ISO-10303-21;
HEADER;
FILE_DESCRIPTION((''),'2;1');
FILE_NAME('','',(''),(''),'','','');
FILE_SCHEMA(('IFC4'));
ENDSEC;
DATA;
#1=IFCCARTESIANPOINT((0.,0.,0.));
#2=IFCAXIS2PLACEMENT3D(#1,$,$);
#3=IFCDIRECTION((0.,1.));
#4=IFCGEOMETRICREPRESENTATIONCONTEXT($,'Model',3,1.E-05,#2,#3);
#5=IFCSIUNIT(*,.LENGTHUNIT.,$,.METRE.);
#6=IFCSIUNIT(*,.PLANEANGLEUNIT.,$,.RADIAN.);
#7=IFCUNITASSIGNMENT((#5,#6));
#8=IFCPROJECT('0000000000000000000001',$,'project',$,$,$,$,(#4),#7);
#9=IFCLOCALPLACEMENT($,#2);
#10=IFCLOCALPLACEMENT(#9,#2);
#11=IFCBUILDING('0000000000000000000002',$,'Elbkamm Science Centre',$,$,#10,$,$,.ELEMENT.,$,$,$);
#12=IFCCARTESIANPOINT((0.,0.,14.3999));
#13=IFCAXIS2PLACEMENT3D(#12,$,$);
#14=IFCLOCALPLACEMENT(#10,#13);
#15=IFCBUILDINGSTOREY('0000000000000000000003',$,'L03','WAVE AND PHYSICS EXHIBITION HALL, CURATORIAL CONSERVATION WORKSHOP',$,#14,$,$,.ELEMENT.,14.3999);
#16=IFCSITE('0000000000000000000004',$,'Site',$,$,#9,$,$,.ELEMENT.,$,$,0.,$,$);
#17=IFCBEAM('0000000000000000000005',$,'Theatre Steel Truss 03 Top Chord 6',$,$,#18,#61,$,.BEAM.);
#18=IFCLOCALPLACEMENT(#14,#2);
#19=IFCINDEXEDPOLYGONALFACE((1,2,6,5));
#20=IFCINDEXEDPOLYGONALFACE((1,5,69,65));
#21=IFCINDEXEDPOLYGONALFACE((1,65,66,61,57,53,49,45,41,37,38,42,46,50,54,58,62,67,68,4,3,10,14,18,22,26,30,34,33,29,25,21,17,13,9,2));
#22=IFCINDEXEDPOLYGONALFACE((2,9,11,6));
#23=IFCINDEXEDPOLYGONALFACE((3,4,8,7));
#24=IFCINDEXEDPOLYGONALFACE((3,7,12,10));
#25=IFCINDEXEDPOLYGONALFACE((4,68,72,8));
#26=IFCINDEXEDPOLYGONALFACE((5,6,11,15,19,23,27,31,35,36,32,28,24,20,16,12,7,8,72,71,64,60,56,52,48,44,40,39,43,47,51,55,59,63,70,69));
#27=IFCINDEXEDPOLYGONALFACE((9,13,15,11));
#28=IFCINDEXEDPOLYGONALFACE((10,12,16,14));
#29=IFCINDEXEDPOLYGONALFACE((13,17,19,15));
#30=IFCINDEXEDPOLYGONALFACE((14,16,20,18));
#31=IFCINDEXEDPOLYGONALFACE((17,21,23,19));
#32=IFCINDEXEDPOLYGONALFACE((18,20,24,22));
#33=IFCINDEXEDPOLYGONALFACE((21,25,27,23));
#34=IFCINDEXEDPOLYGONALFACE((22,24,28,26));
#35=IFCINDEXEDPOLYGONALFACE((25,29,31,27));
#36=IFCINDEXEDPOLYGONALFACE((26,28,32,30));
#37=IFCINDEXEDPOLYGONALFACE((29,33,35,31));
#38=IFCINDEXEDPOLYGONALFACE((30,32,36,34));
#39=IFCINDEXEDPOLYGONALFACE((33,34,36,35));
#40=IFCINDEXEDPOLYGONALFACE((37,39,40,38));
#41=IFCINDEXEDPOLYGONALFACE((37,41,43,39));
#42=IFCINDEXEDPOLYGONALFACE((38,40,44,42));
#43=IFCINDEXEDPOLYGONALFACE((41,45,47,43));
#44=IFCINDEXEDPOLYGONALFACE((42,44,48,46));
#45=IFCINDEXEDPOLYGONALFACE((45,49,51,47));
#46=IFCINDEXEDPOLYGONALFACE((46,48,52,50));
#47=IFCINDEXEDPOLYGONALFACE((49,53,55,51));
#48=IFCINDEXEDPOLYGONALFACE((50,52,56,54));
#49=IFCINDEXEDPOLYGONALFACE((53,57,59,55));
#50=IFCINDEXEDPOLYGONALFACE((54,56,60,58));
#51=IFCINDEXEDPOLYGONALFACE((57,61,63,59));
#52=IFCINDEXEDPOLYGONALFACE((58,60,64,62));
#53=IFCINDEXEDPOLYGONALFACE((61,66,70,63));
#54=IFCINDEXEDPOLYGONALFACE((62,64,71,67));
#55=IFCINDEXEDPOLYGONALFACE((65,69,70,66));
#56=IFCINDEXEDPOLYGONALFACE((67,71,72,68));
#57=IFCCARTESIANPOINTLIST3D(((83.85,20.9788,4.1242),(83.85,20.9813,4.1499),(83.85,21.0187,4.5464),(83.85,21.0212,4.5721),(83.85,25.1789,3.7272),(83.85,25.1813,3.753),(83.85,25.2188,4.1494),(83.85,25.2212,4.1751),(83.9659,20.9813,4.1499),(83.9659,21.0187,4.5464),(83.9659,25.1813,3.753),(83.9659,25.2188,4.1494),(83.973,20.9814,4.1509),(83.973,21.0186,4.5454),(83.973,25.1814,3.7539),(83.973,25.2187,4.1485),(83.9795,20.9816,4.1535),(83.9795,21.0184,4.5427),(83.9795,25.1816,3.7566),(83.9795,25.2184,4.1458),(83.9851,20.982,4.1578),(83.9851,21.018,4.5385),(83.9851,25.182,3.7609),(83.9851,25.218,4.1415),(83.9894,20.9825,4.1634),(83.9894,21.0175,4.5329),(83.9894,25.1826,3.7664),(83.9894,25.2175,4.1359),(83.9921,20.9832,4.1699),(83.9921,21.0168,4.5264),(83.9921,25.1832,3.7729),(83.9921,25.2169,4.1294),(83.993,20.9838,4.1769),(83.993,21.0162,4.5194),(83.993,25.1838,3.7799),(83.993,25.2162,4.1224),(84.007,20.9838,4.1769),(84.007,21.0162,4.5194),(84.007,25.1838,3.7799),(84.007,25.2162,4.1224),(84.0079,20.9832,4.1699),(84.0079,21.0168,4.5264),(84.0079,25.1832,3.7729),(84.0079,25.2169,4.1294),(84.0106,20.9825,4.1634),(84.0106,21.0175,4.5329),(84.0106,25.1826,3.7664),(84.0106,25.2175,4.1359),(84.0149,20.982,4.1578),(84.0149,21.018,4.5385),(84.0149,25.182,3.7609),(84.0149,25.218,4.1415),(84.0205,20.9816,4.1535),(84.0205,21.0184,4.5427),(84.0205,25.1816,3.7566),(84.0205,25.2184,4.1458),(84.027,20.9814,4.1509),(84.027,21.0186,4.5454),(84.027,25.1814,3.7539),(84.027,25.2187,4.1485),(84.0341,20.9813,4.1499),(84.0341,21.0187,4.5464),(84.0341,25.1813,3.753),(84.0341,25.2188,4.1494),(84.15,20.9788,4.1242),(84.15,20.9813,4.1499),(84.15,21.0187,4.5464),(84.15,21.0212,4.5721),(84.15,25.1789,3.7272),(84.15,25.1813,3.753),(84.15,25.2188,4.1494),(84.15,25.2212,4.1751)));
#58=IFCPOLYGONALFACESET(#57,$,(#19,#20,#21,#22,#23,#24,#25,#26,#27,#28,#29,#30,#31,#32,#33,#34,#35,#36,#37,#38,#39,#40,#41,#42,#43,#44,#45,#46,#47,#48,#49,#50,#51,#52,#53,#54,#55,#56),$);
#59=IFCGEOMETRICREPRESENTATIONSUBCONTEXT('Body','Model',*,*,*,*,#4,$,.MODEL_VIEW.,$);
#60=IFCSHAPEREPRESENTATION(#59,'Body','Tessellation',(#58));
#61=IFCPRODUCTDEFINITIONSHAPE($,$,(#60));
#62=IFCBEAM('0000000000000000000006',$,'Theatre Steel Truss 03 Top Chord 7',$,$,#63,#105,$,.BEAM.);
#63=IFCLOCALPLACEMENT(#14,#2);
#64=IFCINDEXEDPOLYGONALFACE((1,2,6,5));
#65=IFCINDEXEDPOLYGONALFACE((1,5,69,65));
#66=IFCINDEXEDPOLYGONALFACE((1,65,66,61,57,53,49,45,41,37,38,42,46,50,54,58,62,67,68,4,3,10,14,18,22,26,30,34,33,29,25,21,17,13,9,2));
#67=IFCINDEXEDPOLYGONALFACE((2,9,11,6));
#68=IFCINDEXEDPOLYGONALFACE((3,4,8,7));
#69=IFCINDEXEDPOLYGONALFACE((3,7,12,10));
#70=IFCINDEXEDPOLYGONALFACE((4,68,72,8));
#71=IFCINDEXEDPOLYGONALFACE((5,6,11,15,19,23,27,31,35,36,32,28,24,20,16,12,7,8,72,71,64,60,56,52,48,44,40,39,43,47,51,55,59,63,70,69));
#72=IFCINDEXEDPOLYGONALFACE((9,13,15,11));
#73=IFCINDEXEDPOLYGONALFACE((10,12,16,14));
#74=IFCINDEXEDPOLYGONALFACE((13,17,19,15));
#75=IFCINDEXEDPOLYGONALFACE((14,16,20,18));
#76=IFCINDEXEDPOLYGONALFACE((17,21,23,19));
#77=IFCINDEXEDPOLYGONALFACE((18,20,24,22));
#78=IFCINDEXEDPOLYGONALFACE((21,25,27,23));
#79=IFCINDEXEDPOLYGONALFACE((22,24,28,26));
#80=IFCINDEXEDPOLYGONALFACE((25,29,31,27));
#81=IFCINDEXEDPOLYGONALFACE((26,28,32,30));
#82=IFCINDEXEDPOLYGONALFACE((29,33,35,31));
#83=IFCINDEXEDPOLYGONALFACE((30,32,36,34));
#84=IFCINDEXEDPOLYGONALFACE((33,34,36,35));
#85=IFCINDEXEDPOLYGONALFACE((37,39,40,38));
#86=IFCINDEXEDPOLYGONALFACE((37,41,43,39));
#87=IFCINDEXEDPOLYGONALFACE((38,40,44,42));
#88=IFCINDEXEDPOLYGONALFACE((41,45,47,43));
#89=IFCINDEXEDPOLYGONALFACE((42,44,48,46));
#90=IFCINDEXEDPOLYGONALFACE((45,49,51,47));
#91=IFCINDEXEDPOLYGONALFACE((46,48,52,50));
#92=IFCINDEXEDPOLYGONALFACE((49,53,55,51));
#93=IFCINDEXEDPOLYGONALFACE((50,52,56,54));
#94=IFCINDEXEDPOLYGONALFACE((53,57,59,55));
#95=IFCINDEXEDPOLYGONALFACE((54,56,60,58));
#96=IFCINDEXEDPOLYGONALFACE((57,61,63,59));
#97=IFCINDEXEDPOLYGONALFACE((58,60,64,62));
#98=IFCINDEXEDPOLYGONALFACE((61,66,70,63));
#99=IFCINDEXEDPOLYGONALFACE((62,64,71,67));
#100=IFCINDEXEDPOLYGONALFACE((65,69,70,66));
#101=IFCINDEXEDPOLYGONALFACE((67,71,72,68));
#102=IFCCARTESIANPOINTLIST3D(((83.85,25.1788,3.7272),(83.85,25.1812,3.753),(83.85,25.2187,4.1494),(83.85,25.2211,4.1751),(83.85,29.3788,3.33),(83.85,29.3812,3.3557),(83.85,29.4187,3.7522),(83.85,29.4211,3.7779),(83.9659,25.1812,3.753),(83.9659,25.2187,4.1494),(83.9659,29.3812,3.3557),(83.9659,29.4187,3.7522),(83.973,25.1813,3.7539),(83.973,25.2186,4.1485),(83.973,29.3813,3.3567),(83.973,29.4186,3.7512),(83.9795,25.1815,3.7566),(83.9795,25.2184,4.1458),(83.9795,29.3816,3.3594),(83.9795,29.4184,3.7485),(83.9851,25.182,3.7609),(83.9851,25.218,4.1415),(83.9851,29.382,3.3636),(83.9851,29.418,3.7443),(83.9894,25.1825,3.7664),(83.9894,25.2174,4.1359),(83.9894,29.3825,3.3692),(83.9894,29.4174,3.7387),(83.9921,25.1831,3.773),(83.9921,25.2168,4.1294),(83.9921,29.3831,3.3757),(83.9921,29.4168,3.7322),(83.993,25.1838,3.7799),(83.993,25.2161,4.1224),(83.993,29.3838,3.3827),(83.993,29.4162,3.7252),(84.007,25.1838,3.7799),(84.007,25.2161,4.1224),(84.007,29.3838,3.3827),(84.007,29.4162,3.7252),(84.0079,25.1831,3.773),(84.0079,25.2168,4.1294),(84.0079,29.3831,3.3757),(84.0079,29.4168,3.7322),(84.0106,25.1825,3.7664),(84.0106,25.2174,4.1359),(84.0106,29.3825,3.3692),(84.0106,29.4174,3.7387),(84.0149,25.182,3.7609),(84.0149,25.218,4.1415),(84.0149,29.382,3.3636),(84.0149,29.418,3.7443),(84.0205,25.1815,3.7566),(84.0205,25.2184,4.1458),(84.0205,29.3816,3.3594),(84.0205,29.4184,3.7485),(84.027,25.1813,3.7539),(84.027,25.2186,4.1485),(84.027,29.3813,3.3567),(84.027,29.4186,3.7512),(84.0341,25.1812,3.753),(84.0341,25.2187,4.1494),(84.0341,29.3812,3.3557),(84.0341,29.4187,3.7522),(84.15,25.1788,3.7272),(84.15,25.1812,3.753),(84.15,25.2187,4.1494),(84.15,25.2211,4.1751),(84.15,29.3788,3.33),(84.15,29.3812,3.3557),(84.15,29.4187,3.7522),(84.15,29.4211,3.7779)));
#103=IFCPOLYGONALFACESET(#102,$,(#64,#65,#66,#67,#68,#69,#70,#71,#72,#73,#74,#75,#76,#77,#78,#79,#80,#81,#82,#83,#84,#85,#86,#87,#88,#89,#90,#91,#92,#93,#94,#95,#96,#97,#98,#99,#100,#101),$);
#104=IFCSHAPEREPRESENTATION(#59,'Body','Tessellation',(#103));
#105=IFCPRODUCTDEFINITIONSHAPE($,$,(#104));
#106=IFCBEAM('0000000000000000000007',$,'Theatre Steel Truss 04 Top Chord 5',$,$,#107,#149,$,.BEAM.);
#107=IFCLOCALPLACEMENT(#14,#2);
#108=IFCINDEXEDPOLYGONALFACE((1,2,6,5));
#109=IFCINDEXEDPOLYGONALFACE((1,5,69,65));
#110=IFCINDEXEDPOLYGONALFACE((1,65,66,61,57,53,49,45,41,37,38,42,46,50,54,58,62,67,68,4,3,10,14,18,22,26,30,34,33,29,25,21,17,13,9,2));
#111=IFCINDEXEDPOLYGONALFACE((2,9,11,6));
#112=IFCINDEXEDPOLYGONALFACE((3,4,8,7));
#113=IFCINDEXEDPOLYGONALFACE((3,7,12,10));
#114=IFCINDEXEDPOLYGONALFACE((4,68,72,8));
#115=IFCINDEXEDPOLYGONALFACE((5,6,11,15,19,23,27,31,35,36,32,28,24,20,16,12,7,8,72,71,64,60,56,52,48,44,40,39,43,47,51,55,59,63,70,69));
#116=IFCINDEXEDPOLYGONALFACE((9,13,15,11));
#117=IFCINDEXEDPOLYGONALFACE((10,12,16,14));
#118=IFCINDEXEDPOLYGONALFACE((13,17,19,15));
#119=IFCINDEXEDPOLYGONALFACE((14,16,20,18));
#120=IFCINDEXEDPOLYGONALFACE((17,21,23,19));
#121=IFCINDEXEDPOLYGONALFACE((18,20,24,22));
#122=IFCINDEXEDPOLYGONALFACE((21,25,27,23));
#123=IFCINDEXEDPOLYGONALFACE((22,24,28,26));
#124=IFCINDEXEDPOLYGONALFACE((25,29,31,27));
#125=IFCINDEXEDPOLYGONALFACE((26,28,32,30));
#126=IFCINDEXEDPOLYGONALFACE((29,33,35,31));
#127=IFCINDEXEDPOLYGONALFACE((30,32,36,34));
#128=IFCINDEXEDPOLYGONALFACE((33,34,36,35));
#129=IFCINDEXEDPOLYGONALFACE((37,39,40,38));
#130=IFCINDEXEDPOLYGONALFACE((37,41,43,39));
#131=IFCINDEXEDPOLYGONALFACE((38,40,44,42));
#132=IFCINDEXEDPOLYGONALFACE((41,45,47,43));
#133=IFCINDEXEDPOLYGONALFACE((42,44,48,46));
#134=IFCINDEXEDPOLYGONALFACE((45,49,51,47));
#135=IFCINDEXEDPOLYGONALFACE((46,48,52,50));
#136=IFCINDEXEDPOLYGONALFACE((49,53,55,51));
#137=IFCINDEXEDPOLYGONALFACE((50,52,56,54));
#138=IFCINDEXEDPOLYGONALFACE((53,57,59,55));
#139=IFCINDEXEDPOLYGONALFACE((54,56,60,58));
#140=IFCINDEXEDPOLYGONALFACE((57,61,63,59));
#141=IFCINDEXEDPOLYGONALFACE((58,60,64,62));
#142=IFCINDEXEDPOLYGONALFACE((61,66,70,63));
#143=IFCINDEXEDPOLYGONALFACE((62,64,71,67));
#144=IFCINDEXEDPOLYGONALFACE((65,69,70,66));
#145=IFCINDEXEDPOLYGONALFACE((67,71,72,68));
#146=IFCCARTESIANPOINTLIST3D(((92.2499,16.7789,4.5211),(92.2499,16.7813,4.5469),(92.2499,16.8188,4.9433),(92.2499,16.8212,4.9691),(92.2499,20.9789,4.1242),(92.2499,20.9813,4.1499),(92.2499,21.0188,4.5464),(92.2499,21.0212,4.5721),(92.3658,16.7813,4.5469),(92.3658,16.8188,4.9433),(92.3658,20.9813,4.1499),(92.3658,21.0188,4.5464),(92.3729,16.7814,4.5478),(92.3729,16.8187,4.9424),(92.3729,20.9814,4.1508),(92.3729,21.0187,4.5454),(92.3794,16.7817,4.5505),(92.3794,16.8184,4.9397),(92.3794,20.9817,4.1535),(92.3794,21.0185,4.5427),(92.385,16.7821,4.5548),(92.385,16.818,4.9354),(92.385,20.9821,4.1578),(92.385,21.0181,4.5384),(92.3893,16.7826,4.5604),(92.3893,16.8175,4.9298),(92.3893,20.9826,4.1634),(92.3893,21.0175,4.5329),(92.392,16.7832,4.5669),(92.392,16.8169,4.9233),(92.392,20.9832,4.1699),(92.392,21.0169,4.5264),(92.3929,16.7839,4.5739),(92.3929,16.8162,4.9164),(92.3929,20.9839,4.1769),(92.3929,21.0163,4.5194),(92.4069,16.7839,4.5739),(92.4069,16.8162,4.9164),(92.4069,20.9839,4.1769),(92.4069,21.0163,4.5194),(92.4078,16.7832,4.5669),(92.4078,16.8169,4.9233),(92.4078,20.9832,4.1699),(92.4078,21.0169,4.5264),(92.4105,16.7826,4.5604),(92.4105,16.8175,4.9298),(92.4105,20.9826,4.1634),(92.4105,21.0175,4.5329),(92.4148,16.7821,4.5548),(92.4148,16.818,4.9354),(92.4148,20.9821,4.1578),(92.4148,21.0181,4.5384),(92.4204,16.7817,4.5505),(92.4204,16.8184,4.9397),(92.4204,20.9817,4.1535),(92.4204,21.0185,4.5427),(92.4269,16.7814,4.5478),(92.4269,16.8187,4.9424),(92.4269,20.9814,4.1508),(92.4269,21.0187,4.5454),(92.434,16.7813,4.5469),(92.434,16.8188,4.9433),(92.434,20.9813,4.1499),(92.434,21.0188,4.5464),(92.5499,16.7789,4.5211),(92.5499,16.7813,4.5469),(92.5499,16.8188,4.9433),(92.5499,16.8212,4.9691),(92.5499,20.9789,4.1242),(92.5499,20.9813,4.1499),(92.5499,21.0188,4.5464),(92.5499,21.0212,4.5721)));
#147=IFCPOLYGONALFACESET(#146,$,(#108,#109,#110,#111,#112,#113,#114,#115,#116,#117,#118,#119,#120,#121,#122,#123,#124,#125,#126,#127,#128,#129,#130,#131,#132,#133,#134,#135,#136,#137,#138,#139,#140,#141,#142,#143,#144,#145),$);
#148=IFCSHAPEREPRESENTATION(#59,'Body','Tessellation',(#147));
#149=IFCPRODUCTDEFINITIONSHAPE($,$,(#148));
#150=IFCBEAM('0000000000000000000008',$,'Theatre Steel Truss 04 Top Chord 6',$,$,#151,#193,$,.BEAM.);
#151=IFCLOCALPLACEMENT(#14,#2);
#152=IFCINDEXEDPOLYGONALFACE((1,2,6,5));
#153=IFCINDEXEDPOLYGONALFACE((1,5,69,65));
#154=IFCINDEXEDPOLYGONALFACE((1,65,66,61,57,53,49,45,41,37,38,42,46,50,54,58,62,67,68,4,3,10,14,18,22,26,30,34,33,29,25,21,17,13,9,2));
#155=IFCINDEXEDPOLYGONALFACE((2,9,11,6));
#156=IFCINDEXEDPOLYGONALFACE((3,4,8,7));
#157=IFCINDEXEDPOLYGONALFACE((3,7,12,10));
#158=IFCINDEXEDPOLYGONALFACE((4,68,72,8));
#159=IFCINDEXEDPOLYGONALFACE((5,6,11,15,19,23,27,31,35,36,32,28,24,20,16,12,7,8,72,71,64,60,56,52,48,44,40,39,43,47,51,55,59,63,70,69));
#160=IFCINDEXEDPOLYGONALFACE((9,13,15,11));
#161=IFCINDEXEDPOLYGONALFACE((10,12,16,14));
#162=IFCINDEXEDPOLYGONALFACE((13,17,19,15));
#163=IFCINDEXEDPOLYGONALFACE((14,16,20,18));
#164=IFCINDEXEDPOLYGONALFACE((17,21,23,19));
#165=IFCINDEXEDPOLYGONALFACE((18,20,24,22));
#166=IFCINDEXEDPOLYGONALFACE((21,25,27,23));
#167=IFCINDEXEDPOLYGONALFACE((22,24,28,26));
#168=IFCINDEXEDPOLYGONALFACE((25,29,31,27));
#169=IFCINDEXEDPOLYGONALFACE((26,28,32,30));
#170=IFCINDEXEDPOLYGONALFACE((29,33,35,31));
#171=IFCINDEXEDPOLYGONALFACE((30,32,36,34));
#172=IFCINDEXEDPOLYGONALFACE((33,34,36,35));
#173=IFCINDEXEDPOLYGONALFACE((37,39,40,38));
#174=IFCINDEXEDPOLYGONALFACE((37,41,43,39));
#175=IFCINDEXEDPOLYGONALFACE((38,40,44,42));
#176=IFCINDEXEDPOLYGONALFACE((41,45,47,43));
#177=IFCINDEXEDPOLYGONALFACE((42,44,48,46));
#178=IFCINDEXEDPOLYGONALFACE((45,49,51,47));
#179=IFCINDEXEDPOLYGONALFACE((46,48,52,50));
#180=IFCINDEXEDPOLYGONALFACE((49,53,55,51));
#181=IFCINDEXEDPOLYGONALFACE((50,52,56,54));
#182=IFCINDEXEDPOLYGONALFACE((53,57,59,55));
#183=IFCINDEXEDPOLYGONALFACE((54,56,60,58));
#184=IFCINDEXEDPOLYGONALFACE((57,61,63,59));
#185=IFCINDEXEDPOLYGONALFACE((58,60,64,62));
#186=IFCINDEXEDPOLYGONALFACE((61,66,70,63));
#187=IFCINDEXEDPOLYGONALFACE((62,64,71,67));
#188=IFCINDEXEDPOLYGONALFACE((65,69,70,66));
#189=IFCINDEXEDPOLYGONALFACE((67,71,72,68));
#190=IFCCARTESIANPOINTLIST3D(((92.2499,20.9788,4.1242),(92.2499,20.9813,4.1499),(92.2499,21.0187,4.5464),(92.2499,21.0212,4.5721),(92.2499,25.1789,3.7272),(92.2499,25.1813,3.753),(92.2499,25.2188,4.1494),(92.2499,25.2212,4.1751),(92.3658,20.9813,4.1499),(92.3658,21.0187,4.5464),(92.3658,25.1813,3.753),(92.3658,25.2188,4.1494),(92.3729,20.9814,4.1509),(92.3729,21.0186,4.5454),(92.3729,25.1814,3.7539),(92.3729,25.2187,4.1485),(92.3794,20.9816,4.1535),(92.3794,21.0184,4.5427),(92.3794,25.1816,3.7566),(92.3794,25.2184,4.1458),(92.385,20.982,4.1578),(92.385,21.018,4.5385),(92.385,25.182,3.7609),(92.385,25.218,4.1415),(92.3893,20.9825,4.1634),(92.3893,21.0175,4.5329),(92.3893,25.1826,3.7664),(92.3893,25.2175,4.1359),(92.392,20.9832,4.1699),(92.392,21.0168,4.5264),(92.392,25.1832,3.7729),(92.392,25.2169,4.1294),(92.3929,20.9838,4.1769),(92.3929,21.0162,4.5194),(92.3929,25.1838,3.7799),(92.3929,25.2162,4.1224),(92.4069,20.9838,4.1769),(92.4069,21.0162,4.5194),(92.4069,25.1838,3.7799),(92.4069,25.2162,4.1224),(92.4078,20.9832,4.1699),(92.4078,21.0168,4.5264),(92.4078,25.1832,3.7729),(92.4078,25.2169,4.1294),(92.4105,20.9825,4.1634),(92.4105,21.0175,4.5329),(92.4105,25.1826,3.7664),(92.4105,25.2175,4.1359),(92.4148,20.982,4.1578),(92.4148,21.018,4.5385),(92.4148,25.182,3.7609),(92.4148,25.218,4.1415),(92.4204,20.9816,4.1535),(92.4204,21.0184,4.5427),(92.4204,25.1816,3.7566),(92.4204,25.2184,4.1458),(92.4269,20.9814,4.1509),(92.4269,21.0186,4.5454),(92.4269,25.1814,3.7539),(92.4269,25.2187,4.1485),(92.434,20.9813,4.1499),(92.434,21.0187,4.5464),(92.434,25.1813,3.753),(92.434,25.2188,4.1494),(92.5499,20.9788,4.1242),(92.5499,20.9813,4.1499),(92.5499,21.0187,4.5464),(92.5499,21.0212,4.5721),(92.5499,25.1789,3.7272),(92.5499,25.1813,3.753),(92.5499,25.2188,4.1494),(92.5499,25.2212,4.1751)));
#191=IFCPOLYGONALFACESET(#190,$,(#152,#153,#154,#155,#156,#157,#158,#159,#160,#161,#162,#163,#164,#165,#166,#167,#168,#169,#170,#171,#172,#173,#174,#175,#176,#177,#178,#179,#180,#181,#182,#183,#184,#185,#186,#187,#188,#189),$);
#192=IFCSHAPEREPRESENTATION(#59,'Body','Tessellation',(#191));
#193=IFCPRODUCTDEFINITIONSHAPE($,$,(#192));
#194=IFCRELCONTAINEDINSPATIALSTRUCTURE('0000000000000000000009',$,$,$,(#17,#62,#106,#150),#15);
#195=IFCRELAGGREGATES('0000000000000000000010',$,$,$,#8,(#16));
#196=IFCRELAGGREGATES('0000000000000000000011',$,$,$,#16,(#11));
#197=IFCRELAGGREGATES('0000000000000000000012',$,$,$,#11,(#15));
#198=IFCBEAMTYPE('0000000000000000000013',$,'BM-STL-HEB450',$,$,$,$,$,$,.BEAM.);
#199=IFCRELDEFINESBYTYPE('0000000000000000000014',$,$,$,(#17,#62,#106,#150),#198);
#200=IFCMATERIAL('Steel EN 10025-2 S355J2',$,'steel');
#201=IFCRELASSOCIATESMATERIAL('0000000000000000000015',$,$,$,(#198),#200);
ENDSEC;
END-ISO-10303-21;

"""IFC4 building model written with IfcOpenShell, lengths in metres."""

from ifc_helpers import new_model, si_unit, direction, frame, origin, origin_2d, place, context, subcontext, project, spatial, i_section, extrude, material, material_profile, profile_set, type_object, element, save


model = new_model("IFC4")

# Units and contexts
model_context = context("Model", 3, precision=1e-05, world=origin(), true_north=direction((0.0, 1.0)))
body_context = subcontext(model_context, "Body", "Model", "MODEL_VIEW")
ifc_project = project(units=[si_unit("LENGTHUNIT", "METRE"), si_unit("PLANEANGLEUNIT", "RADIAN")], contexts=[model_context])

# Site, building, storey
site_placement = place(None, origin())
site = spatial("IfcSite", under=ifc_project, at=site_placement, Name="Site", CompositionType="ELEMENT", RefElevation=0.0)
building_placement = place(site_placement, origin())
building = spatial("IfcBuilding", under=site, at=building_placement, Name="Elbkamm Science Centre", CompositionType="ELEMENT")
storey_placement = place(building_placement, frame((0.0, 0.0, 14.3999)))
storey = spatial("IfcBuildingStorey", under=building, at=storey_placement, Name="L03", Description="WAVE AND PHYSICS EXHIBITION HALL, CURATORIAL CONSERVATION WORKSHOP", CompositionType="ELEMENT", Elevation=14.3999)

# Beams
ifc_material_1 = material(Name="Steel EN 10025-2 S355J2", Category="steel")
ifc_material_profile_1 = material_profile(ifc_material_1, i_section(OverallWidth=0.3, OverallDepth=0.45, WebThickness=0.0139, FlangeThickness=0.0259, FilletRadius=0.0271, at=origin_2d()), Name="HEB 450")
ifc_profile_set_1 = profile_set([ifc_material_profile_1], Name="Steel EN 10025-2 S355J2")
beam_type = type_object("IfcBeamType", Name="BM-STL-HEB450", PredefinedType="BEAM", material=ifc_profile_set_1)
for number, where, z_axis, x_axis, name in (
    (1, (84.0, 21.0, 4.3481), (0.0, 0.995563, -0.094099), (-1.0, 0.0, 0.0), "Theatre Steel Truss 03 Top Chord 6"),
    (2, (84.0, 25.2, 3.9512), (0.0, 0.995557, -0.094156), (-1.0, 0.0, 0.0), "Theatre Steel Truss 03 Top Chord 7"),
    (3, (92.3999, 16.8, 4.7451), (0.0, 0.995563, -0.094099), (-1.0, 0.0, 0.0), "Theatre Steel Truss 04 Top Chord 5"),
    (4, (92.3999, 21.0, 4.3481), (0.0, 0.995563, -0.094099), (-1.0, 0.0, 0.0), "Theatre Steel Truss 04 Top Chord 6"),
):
    element("IfcBeam", number, at=place(storey_placement, frame(where, z_axis=z_axis, x_axis=x_axis)), inside=storey, type_object=beam_type, Name=name, PredefinedType="BEAM", context=body_context, shape_type="SweptSolid", body=[
        extrude(i_section(OverallWidth=0.3, OverallDepth=0.45, WebThickness=0.0139, FlangeThickness=0.0259, FilletRadius=0.0271, at=origin_2d()), origin(), (0.0, 0.0, 1.0), 4.2188),
    ])

save(model, "model.ifc")
